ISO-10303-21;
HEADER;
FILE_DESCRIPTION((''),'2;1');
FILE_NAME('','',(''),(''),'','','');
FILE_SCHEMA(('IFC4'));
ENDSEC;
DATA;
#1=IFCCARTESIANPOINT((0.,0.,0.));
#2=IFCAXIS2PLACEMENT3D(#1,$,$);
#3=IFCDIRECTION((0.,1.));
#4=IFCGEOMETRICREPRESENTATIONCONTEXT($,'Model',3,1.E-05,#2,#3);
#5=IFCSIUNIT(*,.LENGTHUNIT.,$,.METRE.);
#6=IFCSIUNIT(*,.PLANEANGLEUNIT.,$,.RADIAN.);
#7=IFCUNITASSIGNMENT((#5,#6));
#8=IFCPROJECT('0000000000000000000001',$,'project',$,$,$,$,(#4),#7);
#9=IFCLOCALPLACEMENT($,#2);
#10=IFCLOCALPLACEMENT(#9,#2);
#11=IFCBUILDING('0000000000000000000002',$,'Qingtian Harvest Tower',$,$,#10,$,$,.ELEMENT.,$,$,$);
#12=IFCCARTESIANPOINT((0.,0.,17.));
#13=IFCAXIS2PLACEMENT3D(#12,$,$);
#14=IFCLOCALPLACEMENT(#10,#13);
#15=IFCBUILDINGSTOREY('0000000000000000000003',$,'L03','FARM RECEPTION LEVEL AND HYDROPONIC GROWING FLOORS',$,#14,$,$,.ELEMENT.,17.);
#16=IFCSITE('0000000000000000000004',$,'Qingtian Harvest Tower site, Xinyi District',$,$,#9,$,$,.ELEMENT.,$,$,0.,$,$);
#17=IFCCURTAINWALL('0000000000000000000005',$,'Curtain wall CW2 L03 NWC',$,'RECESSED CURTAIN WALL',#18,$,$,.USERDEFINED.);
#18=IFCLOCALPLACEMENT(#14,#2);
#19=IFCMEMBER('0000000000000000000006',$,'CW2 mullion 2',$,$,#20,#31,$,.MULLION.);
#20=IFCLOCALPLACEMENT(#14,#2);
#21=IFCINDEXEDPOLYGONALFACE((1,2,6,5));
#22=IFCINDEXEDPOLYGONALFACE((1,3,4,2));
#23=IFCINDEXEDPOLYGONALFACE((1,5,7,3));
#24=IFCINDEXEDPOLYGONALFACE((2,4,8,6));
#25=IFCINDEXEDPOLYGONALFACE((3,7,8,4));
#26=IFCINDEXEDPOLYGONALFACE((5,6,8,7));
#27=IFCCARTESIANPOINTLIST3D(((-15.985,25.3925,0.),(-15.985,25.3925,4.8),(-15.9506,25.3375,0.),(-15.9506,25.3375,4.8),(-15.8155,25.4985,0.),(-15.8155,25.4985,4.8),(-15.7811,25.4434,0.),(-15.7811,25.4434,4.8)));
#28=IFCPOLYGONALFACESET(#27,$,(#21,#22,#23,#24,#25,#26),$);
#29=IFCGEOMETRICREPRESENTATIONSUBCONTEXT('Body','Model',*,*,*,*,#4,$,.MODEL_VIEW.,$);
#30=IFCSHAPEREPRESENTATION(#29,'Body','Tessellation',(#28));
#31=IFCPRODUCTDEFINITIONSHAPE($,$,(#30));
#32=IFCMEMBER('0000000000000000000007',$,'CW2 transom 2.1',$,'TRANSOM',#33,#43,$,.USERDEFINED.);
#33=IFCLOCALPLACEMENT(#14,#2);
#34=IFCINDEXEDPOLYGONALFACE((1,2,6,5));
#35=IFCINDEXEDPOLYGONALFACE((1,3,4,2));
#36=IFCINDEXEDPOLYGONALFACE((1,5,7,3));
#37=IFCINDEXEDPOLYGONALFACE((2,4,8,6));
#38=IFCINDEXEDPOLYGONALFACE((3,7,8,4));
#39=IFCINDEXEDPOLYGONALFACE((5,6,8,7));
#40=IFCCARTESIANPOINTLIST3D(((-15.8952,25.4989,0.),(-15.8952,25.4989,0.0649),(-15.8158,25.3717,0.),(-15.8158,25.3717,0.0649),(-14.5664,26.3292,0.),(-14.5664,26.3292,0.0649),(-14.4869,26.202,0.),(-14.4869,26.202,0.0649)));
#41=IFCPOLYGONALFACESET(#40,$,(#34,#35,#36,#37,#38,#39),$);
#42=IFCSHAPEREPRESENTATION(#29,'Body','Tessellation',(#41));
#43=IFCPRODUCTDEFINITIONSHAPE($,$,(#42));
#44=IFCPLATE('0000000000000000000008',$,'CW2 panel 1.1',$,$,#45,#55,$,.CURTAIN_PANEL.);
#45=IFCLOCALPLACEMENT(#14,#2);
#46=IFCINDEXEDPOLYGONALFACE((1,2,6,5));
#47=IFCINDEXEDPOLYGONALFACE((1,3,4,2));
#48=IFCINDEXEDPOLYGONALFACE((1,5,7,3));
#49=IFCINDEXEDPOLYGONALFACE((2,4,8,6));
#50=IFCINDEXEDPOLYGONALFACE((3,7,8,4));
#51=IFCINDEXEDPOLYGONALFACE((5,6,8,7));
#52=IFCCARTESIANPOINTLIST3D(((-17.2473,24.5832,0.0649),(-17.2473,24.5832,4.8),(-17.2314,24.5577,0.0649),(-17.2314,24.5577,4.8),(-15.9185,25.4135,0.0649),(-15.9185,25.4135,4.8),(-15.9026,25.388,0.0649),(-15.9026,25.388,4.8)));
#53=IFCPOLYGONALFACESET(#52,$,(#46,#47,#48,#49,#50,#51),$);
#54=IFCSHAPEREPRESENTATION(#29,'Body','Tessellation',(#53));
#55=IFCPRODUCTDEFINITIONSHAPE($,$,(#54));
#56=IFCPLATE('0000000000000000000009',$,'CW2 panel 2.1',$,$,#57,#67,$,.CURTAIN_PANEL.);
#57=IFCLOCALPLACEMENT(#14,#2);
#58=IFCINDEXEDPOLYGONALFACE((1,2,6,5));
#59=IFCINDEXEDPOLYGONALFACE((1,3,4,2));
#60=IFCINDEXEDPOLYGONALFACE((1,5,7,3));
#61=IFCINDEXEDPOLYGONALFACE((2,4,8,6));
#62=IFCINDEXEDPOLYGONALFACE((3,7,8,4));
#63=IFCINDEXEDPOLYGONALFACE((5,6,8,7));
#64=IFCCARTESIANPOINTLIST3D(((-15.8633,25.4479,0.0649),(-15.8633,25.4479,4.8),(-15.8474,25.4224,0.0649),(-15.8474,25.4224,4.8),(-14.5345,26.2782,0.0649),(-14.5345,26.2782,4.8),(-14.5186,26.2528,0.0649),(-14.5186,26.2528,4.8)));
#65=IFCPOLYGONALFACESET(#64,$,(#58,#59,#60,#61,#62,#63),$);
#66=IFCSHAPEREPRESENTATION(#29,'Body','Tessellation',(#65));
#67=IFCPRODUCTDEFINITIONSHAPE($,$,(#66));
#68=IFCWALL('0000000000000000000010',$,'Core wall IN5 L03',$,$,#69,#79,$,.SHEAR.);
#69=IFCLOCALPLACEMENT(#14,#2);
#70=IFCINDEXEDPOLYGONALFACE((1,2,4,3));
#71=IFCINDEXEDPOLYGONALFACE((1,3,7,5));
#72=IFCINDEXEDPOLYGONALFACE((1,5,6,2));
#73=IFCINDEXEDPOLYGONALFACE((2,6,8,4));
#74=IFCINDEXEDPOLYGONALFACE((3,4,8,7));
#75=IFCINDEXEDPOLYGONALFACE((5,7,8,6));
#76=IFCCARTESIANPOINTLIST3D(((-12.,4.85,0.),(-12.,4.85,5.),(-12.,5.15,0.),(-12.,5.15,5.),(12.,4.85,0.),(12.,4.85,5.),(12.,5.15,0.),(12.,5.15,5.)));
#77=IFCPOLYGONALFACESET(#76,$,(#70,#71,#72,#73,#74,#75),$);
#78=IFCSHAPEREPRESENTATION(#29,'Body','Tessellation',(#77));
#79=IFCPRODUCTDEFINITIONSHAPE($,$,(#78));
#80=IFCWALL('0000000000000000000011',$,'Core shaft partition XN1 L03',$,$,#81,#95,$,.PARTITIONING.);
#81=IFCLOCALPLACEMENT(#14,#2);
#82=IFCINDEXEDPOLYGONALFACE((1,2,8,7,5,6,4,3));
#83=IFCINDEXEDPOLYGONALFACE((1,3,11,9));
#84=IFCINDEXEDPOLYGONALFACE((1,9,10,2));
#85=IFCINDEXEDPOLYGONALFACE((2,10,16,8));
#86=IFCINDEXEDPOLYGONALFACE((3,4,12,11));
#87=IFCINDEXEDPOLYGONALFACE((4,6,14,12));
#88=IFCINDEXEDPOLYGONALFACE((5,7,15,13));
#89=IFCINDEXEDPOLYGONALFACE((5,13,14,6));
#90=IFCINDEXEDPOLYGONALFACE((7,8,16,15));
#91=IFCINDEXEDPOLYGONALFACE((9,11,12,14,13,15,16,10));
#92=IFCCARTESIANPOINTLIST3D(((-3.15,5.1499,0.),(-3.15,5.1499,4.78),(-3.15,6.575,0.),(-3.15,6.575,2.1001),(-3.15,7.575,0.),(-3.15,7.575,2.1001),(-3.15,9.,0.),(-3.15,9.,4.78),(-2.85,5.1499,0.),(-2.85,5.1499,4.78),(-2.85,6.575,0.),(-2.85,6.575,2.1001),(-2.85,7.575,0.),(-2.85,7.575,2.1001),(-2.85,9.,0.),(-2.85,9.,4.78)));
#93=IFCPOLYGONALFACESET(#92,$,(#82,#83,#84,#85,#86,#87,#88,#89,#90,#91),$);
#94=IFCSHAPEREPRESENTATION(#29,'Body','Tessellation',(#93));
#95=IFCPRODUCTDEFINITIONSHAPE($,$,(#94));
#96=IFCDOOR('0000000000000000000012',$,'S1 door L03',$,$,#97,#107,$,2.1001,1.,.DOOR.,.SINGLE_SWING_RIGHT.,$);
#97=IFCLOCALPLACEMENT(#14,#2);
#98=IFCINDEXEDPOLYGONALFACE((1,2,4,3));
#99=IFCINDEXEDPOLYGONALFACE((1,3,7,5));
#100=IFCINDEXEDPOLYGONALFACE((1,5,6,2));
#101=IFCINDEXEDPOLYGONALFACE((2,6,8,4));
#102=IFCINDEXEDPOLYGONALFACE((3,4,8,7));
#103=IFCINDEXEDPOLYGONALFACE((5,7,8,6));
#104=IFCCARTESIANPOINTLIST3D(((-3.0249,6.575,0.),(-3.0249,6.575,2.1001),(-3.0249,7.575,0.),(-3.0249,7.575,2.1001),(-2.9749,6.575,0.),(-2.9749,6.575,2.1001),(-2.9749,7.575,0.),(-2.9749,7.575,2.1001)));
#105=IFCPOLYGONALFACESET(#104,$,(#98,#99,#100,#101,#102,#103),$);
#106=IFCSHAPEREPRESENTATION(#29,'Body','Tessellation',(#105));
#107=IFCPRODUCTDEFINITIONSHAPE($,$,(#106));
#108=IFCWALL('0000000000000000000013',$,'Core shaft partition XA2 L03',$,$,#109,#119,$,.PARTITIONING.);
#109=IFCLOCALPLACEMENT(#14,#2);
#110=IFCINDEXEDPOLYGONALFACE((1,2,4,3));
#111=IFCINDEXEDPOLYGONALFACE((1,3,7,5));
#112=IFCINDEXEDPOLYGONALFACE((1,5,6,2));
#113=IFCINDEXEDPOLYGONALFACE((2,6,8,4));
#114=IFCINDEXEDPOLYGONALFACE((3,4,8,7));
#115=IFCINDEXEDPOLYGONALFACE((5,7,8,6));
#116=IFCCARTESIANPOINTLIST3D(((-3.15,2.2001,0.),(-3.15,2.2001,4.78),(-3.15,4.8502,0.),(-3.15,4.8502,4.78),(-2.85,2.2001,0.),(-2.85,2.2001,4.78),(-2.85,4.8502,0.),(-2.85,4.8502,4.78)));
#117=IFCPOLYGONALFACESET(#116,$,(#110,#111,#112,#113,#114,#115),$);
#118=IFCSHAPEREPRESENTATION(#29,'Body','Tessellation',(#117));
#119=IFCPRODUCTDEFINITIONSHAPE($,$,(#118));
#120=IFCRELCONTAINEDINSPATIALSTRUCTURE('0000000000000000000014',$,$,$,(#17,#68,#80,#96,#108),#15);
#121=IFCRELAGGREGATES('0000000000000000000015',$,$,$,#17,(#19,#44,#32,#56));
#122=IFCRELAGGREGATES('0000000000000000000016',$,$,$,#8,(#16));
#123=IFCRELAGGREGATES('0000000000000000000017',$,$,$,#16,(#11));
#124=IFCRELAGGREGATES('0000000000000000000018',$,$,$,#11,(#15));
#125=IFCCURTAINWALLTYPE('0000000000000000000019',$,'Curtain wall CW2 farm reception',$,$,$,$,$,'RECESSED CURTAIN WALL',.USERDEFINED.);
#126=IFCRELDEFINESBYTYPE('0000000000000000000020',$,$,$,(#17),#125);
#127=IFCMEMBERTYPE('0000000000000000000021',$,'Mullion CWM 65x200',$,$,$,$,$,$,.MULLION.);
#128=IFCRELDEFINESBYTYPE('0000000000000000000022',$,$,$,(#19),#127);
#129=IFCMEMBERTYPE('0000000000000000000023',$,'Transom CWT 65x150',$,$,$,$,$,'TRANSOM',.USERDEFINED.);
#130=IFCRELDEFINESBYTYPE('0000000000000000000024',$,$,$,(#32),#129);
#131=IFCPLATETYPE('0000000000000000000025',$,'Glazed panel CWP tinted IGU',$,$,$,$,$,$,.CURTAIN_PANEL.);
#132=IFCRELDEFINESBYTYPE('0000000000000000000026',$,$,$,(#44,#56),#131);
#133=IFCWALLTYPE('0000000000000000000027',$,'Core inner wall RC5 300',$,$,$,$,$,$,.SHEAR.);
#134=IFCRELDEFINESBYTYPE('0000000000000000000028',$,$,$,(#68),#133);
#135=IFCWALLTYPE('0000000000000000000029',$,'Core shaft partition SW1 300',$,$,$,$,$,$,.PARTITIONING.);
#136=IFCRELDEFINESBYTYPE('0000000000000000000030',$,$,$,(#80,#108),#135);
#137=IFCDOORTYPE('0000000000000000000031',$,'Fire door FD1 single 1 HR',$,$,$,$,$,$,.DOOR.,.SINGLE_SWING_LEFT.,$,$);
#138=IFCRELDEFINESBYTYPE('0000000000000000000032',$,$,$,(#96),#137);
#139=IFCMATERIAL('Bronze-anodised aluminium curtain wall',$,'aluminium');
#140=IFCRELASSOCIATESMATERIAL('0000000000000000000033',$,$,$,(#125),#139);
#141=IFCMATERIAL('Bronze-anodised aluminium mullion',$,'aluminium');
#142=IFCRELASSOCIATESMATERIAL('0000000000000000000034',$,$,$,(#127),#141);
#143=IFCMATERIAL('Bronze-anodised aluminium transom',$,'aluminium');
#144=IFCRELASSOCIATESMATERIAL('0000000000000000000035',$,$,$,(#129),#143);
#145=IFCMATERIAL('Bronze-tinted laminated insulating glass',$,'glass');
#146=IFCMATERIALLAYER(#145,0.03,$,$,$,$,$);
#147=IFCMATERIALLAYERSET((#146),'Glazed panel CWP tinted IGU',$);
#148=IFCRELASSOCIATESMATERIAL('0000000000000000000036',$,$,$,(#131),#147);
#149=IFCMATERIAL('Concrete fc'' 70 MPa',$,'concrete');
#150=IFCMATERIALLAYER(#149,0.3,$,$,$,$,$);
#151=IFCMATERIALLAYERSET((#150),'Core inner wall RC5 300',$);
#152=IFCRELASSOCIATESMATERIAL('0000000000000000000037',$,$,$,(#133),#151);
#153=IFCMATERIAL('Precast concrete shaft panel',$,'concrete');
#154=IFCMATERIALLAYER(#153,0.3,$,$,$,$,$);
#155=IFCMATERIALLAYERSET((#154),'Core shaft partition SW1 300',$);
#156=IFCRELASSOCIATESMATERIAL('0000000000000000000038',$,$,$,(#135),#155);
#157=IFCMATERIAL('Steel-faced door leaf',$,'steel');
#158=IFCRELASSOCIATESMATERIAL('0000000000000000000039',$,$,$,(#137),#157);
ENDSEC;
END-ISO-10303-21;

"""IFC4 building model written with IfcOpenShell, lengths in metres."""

from ifc_helpers import new_model, si_unit, direction, frame, frame_2d, origin, origin_2d, place, context, subcontext, project, spatial, rectangle, extrude, material, layer, layer_set, material_profile, profile_set, type_object, element, fill, aggregate, save


model = new_model("IFC4")

# Units and contexts
model_context = context("Model", 3, precision=1e-05, world=origin(), true_north=direction((0.0, 1.0)))
body_context = subcontext(model_context, "Body", "Model", "MODEL_VIEW")
ifc_project = project(units=[si_unit("LENGTHUNIT", "METRE"), si_unit("PLANEANGLEUNIT", "RADIAN")], contexts=[model_context])

# Site, building, storey
site_placement = place(None, origin())
site = spatial("IfcSite", under=ifc_project, at=site_placement, Name="Qingtian Harvest Tower site, Xinyi District", CompositionType="ELEMENT", RefElevation=0.0)
building_placement = place(site_placement, origin())
building = spatial("IfcBuilding", under=site, at=building_placement, Name="Qingtian Harvest Tower", CompositionType="ELEMENT")
storey_placement = place(building_placement, frame((0.0, 0.0, 17.0)))
storey = spatial("IfcBuildingStorey", under=building, at=storey_placement, Name="L03", Description="FARM RECEPTION LEVEL AND HYDROPONIC GROWING FLOORS", CompositionType="ELEMENT", Elevation=17.0)

# Curtain wall, members, plates
ifc_material_1 = material(Name="Bronze-anodised aluminium curtain wall", Category="aluminium")
curtain_wall_type = type_object("IfcCurtainWallType", Name="Curtain wall CW2 farm reception", ElementType="RECESSED CURTAIN WALL", PredefinedType="USERDEFINED", material=ifc_material_1)
curtain_wall_placement = place(storey_placement, origin())
curtain_wall = element("IfcCurtainWall", 1, at=curtain_wall_placement, inside=storey, type_object=curtain_wall_type, Name="Curtain wall CW2 L03 NWC", ObjectType="RECESSED CURTAIN WALL", PredefinedType="USERDEFINED")
ifc_material_2 = material(Name="Bronze-anodised aluminium mullion", Category="aluminium")
ifc_material_profile_1 = material_profile(ifc_material_2, rectangle(XDim=0.0649, YDim=0.2, at=origin_2d()), Name="AL 65x200")
ifc_profile_set_1 = profile_set([ifc_material_profile_1], Name="Bronze-anodised aluminium mullion")
member_type_1 = type_object("IfcMemberType", Name="Mullion CWM 65x200", PredefinedType="MULLION", material=ifc_profile_set_1)
member_1_placement = place(storey_placement, frame((-15.8831, 25.418, 0.0), z_axis=(0.0, 0.0, 1.0), x_axis=(-0.529919, 0.848048, 0.0)))
member_1 = element("IfcMember", 2, at=member_1_placement, type_object=member_type_1, Name="CW2 mullion 2", PredefinedType="MULLION", context=body_context, shape_type="SweptSolid", body=[
    extrude(rectangle(XDim=0.0649, YDim=0.2, at=origin_2d()), origin(), (0.0, 0.0, 1.0), 4.8),
])
ifc_material_3 = material(Name="Bronze-anodised aluminium transom", Category="aluminium")
ifc_material_profile_2 = material_profile(ifc_material_3, rectangle(XDim=0.1499, YDim=0.0649, at=origin_2d()), Name="AL 65x150")
ifc_profile_set_2 = profile_set([ifc_material_profile_2], Name="Bronze-anodised aluminium transom")
member_type_2 = type_object("IfcMemberType", Name="Transom CWT 65x150", ElementType="TRANSOM", PredefinedType="USERDEFINED", material=ifc_profile_set_2)
member_2_placement = place(storey_placement, frame((-15.8555, 25.4353, 0.0325), z_axis=(0.84806, 0.529901, 0.0), x_axis=(-0.529901, 0.84806, 0.0)))
member_2 = element("IfcMember", 3, at=member_2_placement, type_object=member_type_2, Name="CW2 transom 2.1", ObjectType="TRANSOM", PredefinedType="USERDEFINED", context=body_context, shape_type="SweptSolid", body=[
    extrude(rectangle(XDim=0.1499, YDim=0.0649, at=origin_2d()), origin(), (0.0, 0.0, 1.0), 1.5669),
])
ifc_material_4 = material(Name="Bronze-tinted laminated insulating glass", Category="glass")
ifc_layer_1 = layer(ifc_material_4, 0.03)
ifc_layer_set_1 = layer_set([ifc_layer_1], Name="Glazed panel CWP tinted IGU")
plate_type = type_object("IfcPlateType", Name="Glazed panel CWP tinted IGU", PredefinedType="CURTAIN_PANEL", material=ifc_layer_set_1)
plate_1_placement = place(storey_placement, frame((-16.575, 24.9856, 0.0649), z_axis=(0.0, 0.0, 1.0), x_axis=(0.848048, 0.529919, 0.0)))
plate_1 = element("IfcPlate", 4, at=plate_1_placement, type_object=plate_type, Name="CW2 panel 1.1", PredefinedType="CURTAIN_PANEL", context=body_context, shape_type="SweptSolid", body=[
    extrude(rectangle(XDim=1.5669, YDim=0.03, at=origin_2d()), origin(), (0.0, 0.0, 1.0), 4.7351),
])
plate_2_placement = place(storey_placement, frame((-15.1909, 25.8503, 0.0649), z_axis=(0.0, 0.0, 1.0), x_axis=(0.848048, 0.529919, 0.0)))
plate_2 = element("IfcPlate", 5, at=plate_2_placement, type_object=plate_type, Name="CW2 panel 2.1", PredefinedType="CURTAIN_PANEL", context=body_context, shape_type="SweptSolid", body=[
    extrude(rectangle(XDim=1.5669, YDim=0.03, at=origin_2d()), origin(), (0.0, 0.0, 1.0), 4.7351),
])
aggregate(curtain_wall, [member_1, plate_1, member_2, plate_2])

# Wall
ifc_material_5 = material(Name="Concrete fc' 70 MPa", Category="concrete")
ifc_layer_2 = layer(ifc_material_5, 0.3)
ifc_layer_set_2 = layer_set([ifc_layer_2], Name="Core inner wall RC5 300")
wall_type_1 = type_object("IfcWallType", Name="Core inner wall RC5 300", PredefinedType="SHEAR", material=ifc_layer_set_2)
wall_1_placement = place(storey_placement, frame((-12.0, 5.0, 0.0), z_axis=(0.0, 0.0, 1.0), x_axis=(1.0, 0.0, 0.0)))
element("IfcWall", 6, at=wall_1_placement, inside=storey, type_object=wall_type_1, Name="Core wall IN5 L03", PredefinedType="SHEAR", context=body_context, shape_type="SweptSolid", body=[
    extrude(rectangle(XDim=24.0, YDim=0.3, at=frame_2d((12.0, 0.0))), origin(), (0.0, 0.0, 1.0), 5.0),
])

# Wall, opening, door
ifc_material_6 = material(Name="Precast concrete shaft panel", Category="concrete")
ifc_layer_3 = layer(ifc_material_6, 0.3)
ifc_layer_set_3 = layer_set([ifc_layer_3], Name="Core shaft partition SW1 300")
wall_type_2 = type_object("IfcWallType", Name="Core shaft partition SW1 300", PredefinedType="PARTITIONING", material=ifc_layer_set_3)
wall_2_placement = place(storey_placement, frame((-3.0, 5.1499, 0.0), z_axis=(0.0, 0.0, 1.0), x_axis=(0.0, 1.0, 0.0)))
wall_2 = element("IfcWall", 7, at=wall_2_placement, inside=storey, type_object=wall_type_2, Name="Core shaft partition XN1 L03", PredefinedType="PARTITIONING", context=body_context, shape_type="SweptSolid", body=[
    extrude(rectangle(XDim=3.8501, YDim=0.3, at=frame_2d((1.925, 0.0))), origin(), (0.0, 0.0, 1.0), 4.78),
])
opening_1_placement = place(wall_2_placement, frame((1.425, 0.0, 0.0)))
opening_1 = element("IfcOpeningElement", 8, at=opening_1_placement, cuts=wall_2, PredefinedType="OPENING", context=body_context, shape_type="SweptSolid", body=[
    extrude(rectangle(XDim=1.0, YDim=2.1001, at=frame_2d((0.5, 1.05))), frame((0.0, 0.1599, 0.0), z_axis=(0.0, -1.0, 0.0), x_axis=(1.0, 0.0, 0.0)), (0.0, 0.0, 1.0), 0.3201),
])
ifc_material_7 = material(Name="Steel-faced door leaf", Category="steel")
door_type_1 = type_object("IfcDoorType", Name="Fire door FD1 single 1 HR", OperationType="SINGLE_SWING_LEFT", PredefinedType="DOOR", material=ifc_material_7)
door_1_placement = place(opening_1_placement, origin())
door_1 = element("IfcDoor", 9, at=door_1_placement, inside=storey, type_object=door_type_1, Name="S1 door L03", OperationType="SINGLE_SWING_RIGHT", OverallHeight=2.1001, OverallWidth=1.0, PredefinedType="DOOR", context=body_context, shape_type="SweptSolid", body=[
    extrude(rectangle(XDim=1.0, YDim=2.1001, at=frame_2d((0.5, 1.05))), frame((0.0, 0.0249, 0.0), z_axis=(0.0, -1.0, 0.0), x_axis=(1.0, 0.0, 0.0)), (0.0, 0.0, 1.0), 0.05),
])
fill(opening_1, door_1)

# Wall
wall_3_placement = place(storey_placement, frame((-3.0, 2.2, 0.0), z_axis=(0.0, 0.0, 1.0), x_axis=(0.0, 1.0, 0.0)))
element("IfcWall", 10, at=wall_3_placement, inside=storey, type_object=wall_type_2, Name="Core shaft partition XA2 L03", PredefinedType="PARTITIONING", context=body_context, shape_type="SweptSolid", body=[
    extrude(rectangle(XDim=2.6501, YDim=0.3, at=frame_2d((1.3252, 0.0))), origin(), (0.0, 0.0, 1.0), 4.78),
])

save(model, "model.ifc")
